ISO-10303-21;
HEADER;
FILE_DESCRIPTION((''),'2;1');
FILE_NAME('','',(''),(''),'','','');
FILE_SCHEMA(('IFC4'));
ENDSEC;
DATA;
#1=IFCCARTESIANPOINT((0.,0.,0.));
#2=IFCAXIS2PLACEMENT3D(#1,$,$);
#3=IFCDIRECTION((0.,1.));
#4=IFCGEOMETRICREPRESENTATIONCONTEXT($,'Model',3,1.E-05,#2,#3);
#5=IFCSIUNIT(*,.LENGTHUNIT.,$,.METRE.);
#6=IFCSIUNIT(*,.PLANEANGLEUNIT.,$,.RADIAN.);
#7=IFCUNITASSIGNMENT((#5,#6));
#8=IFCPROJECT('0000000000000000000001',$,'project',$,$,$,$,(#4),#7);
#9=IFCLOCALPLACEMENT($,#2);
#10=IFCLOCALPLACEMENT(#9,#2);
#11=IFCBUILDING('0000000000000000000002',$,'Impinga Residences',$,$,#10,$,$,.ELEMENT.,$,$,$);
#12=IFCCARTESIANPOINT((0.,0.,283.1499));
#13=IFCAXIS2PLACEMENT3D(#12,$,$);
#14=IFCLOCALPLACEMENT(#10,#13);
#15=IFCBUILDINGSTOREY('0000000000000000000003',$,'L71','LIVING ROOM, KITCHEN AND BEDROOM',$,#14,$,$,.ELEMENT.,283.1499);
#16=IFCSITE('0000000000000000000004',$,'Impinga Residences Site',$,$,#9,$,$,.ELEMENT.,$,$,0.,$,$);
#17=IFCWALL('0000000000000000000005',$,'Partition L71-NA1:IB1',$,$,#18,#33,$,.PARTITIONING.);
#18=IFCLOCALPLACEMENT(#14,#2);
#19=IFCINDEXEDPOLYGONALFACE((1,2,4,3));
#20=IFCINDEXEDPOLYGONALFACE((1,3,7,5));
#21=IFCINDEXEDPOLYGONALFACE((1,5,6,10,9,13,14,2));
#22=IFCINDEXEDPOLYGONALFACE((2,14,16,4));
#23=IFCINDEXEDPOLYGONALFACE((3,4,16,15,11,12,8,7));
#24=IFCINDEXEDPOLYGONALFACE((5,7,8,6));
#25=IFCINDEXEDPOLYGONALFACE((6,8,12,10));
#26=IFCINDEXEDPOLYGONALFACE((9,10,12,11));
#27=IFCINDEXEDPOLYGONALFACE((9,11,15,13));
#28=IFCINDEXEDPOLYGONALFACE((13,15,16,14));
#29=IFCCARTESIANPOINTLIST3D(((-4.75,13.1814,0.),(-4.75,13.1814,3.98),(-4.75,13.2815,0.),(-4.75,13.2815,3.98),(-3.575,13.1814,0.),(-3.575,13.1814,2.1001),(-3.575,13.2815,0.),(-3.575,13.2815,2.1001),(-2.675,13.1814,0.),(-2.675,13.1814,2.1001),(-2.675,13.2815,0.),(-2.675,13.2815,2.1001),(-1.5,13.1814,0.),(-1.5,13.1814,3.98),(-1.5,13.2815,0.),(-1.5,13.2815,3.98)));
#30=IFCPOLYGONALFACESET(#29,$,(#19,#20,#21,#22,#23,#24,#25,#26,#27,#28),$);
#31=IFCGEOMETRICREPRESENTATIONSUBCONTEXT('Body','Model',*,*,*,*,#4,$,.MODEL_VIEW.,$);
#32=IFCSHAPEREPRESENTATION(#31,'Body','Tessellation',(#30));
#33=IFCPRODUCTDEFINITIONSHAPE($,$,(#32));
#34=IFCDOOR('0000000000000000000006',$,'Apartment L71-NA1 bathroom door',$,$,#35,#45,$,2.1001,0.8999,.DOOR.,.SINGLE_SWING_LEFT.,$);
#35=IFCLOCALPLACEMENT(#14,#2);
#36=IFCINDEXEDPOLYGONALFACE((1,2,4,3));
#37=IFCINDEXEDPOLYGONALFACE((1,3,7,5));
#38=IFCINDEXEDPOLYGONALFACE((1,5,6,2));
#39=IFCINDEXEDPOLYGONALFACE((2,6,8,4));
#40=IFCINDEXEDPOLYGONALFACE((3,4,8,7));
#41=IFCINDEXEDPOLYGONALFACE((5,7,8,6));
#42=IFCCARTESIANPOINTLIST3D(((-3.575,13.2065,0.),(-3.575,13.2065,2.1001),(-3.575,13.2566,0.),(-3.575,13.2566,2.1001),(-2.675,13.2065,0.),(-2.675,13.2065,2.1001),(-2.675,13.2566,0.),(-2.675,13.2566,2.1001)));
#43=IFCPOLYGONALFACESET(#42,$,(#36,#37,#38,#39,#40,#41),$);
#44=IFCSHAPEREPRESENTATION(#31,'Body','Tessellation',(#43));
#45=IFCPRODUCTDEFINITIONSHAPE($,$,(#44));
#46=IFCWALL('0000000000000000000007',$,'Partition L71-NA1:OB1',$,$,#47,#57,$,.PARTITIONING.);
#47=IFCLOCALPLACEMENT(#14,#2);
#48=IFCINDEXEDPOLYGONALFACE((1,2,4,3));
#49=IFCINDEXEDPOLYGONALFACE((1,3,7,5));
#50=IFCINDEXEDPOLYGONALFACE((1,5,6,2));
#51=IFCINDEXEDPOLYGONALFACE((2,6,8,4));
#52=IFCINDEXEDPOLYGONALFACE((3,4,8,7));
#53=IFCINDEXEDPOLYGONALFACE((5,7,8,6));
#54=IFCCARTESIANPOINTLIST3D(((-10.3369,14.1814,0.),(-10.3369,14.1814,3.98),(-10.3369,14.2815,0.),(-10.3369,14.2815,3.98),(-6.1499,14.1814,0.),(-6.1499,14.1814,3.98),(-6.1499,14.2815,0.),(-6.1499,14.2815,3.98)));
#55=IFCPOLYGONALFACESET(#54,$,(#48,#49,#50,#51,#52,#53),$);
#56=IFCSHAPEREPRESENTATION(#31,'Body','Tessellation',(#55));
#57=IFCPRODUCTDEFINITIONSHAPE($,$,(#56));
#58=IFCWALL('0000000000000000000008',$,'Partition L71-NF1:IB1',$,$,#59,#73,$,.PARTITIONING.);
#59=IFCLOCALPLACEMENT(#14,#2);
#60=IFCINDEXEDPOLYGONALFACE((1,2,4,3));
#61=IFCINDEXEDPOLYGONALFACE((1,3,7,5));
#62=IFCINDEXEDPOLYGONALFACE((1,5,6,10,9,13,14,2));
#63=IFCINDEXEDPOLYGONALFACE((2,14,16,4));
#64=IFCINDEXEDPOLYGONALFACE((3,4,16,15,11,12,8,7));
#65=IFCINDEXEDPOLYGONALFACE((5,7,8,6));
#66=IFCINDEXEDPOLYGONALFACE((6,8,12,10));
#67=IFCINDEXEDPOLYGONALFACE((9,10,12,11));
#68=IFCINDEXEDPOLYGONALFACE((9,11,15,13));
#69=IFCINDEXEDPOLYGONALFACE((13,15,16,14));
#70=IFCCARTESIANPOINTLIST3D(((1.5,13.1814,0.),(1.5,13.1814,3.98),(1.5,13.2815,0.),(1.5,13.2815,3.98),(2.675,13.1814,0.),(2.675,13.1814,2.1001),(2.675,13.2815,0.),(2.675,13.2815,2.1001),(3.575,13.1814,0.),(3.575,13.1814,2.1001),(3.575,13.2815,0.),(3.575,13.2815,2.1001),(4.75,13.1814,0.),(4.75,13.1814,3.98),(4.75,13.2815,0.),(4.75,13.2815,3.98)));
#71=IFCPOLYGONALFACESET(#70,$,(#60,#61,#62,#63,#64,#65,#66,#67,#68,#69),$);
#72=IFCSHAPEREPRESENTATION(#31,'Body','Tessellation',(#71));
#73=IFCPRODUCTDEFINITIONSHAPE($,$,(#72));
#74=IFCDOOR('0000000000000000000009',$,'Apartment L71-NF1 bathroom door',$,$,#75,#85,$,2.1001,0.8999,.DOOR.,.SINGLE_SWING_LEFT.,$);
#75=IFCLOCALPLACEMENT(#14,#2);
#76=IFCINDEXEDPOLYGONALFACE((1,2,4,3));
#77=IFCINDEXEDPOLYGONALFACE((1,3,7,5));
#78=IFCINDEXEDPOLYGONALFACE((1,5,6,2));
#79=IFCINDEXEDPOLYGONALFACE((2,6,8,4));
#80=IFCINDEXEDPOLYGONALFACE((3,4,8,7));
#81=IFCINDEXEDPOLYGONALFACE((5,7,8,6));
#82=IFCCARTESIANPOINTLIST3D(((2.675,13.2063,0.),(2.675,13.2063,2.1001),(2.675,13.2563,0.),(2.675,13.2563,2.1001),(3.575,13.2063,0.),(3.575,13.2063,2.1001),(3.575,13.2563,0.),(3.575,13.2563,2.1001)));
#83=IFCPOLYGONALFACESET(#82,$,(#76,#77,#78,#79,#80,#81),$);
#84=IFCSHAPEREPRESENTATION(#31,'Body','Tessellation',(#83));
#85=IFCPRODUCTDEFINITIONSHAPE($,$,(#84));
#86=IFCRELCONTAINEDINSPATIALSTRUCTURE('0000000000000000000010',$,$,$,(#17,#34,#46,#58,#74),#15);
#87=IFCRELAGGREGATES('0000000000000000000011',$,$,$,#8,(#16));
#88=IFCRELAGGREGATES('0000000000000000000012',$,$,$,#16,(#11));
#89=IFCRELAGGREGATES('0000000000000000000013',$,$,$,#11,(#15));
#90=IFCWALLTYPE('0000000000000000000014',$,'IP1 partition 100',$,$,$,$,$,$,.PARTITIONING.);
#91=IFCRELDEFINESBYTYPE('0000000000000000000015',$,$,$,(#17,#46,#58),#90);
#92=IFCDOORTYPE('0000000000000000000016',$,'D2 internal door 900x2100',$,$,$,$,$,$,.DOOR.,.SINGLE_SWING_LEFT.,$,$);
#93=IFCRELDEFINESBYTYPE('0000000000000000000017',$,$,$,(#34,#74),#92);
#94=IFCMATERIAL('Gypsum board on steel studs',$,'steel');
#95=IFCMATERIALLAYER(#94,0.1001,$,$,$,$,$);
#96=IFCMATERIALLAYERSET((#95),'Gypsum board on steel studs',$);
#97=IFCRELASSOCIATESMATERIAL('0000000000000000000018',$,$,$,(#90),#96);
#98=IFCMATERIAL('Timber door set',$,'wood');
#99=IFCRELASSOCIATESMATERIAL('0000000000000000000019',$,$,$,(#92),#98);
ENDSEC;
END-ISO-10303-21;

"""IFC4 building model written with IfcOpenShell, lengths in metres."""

from ifc_helpers import new_model, si_unit, direction, frame, frame_2d, origin, place, context, subcontext, project, spatial, rectangle, extrude, material, layer, layer_set, type_object, element, fill, save


model = new_model("IFC4")

# Units and contexts
model_context = context("Model", 3, precision=1e-05, world=origin(), true_north=direction((0.0, 1.0)))
body_context = subcontext(model_context, "Body", "Model", "MODEL_VIEW")
ifc_project = project(units=[si_unit("LENGTHUNIT", "METRE"), si_unit("PLANEANGLEUNIT", "RADIAN")], contexts=[model_context])

# Site, building, storey
site_placement = place(None, origin())
site = spatial("IfcSite", under=ifc_project, at=site_placement, Name="Impinga Residences Site", CompositionType="ELEMENT", RefElevation=0.0)
building_placement = place(site_placement, origin())
building = spatial("IfcBuilding", under=site, at=building_placement, Name="Impinga Residences", CompositionType="ELEMENT")
storey_placement = place(building_placement, frame((0.0, 0.0, 283.1499)))
storey = spatial("IfcBuildingStorey", under=building, at=storey_placement, Name="L71", Description="LIVING ROOM, KITCHEN AND BEDROOM", CompositionType="ELEMENT", Elevation=283.1499)

# Shared definitions
ifc_material_1 = material(Name="Timber door set", Category="wood")

# Shared definitions
ifc_material_2 = material(Name="Gypsum board on steel studs", Category="steel")
ifc_layer_1 = layer(ifc_material_2, 0.1001)
ifc_layer_set_1 = layer_set([ifc_layer_1], Name="Gypsum board on steel studs")
wall_type_1 = type_object("IfcWallType", Name="IP1 partition 100", PredefinedType="PARTITIONING", material=ifc_layer_set_1)

# Wall, opening, door
wall_1_placement = place(storey_placement, frame((-1.5, 13.2314, 0.0), z_axis=(0.0, 0.0, 1.0), x_axis=(-1.0, 0.0, 0.0)))
wall_1 = element("IfcWall", 1, at=wall_1_placement, inside=storey, type_object=wall_type_1, Name="Partition L71-NA1:IB1", PredefinedType="PARTITIONING", context=body_context, shape_type="SweptSolid", body=[
    extrude(rectangle(XDim=3.25, YDim=0.1001, at=frame_2d((1.625, 0.0))), origin(), (0.0, 0.0, 1.0), 3.98),
])
opening_1_placement = place(wall_1_placement, frame((1.175, 0.0, 0.0)))
opening_1 = element("IfcOpeningElement", 2, at=opening_1_placement, cuts=wall_1, PredefinedType="OPENING", context=body_context, shape_type="SweptSolid", body=[
    extrude(rectangle(XDim=0.8999, YDim=2.1001, at=frame_2d((0.45, 1.05))), frame((0.0, 0.0601, 0.0), z_axis=(0.0, -1.0, 0.0), x_axis=(1.0, 0.0, 0.0)), (0.0, 0.0, 1.0), 0.1201),
])
door_type_1 = type_object("IfcDoorType", Name="D2 internal door 900x2100", OperationType="SINGLE_SWING_LEFT", PredefinedType="DOOR", material=ifc_material_1)
door_1_placement = place(opening_1_placement, origin())
door_1 = element("IfcDoor", 3, at=door_1_placement, inside=storey, type_object=door_type_1, Name="Apartment L71-NA1 bathroom door", OperationType="SINGLE_SWING_LEFT", OverallHeight=2.1001, OverallWidth=0.8999, PredefinedType="DOOR", context=body_context, shape_type="SweptSolid", body=[
    extrude(rectangle(XDim=0.8999, YDim=2.1001, at=frame_2d((0.45, 1.05))), frame((0.0, 0.0249, 0.0), z_axis=(0.0, -1.0, 0.0), x_axis=(1.0, 0.0, 0.0)), (0.0, 0.0, 1.0), 0.05),
])
fill(opening_1, door_1)

# Wall
wall_2_placement = place(storey_placement, frame((-6.1499, 14.2314, 0.0), z_axis=(0.0, 0.0, 1.0), x_axis=(-1.0, 0.0, 0.0)))
element("IfcWall", 4, at=wall_2_placement, inside=storey, type_object=wall_type_1, Name="Partition L71-NA1:OB1", PredefinedType="PARTITIONING", context=body_context, shape_type="SweptSolid", body=[
    extrude(rectangle(XDim=4.187, YDim=0.1001, at=frame_2d((2.0935, 0.0))), origin(), (0.0, 0.0, 1.0), 3.98),
])

# Wall, opening, door
wall_3_placement = place(storey_placement, frame((1.5, 13.2314, 0.0), z_axis=(0.0, 0.0, 1.0), x_axis=(1.0, 0.0, 0.0)))
wall_3 = element("IfcWall", 5, at=wall_3_placement, inside=storey, type_object=wall_type_1, Name="Partition L71-NF1:IB1", PredefinedType="PARTITIONING", context=body_context, shape_type="SweptSolid", body=[
    extrude(rectangle(XDim=3.25, YDim=0.1001, at=frame_2d((1.625, 0.0))), origin(), (0.0, 0.0, 1.0), 3.98),
])
opening_2_placement = place(wall_3_placement, frame((1.175, 0.0, 0.0)))
opening_2 = element("IfcOpeningElement", 6, at=opening_2_placement, cuts=wall_3, PredefinedType="OPENING", context=body_context, shape_type="SweptSolid", body=[
    extrude(rectangle(XDim=0.8999, YDim=2.1001, at=frame_2d((0.45, 1.05))), frame((0.0, 0.0601, 0.0), z_axis=(0.0, -1.0, 0.0), x_axis=(1.0, 0.0, 0.0)), (0.0, 0.0, 1.0), 0.1201),
])
door_2_placement = place(opening_2_placement, origin())
door_2 = element("IfcDoor", 7, at=door_2_placement, inside=storey, type_object=door_type_1, Name="Apartment L71-NF1 bathroom door", OperationType="SINGLE_SWING_LEFT", OverallHeight=2.1001, OverallWidth=0.8999, PredefinedType="DOOR", context=body_context, shape_type="SweptSolid", body=[
    extrude(rectangle(XDim=0.8999, YDim=2.1001, at=frame_2d((0.45, 1.05))), frame((0.0, 0.0249, 0.0), z_axis=(0.0, -1.0, 0.0), x_axis=(1.0, 0.0, 0.0)), (0.0, 0.0, 1.0), 0.05),
])
fill(opening_2, door_2)

save(model, "model.ifc")
